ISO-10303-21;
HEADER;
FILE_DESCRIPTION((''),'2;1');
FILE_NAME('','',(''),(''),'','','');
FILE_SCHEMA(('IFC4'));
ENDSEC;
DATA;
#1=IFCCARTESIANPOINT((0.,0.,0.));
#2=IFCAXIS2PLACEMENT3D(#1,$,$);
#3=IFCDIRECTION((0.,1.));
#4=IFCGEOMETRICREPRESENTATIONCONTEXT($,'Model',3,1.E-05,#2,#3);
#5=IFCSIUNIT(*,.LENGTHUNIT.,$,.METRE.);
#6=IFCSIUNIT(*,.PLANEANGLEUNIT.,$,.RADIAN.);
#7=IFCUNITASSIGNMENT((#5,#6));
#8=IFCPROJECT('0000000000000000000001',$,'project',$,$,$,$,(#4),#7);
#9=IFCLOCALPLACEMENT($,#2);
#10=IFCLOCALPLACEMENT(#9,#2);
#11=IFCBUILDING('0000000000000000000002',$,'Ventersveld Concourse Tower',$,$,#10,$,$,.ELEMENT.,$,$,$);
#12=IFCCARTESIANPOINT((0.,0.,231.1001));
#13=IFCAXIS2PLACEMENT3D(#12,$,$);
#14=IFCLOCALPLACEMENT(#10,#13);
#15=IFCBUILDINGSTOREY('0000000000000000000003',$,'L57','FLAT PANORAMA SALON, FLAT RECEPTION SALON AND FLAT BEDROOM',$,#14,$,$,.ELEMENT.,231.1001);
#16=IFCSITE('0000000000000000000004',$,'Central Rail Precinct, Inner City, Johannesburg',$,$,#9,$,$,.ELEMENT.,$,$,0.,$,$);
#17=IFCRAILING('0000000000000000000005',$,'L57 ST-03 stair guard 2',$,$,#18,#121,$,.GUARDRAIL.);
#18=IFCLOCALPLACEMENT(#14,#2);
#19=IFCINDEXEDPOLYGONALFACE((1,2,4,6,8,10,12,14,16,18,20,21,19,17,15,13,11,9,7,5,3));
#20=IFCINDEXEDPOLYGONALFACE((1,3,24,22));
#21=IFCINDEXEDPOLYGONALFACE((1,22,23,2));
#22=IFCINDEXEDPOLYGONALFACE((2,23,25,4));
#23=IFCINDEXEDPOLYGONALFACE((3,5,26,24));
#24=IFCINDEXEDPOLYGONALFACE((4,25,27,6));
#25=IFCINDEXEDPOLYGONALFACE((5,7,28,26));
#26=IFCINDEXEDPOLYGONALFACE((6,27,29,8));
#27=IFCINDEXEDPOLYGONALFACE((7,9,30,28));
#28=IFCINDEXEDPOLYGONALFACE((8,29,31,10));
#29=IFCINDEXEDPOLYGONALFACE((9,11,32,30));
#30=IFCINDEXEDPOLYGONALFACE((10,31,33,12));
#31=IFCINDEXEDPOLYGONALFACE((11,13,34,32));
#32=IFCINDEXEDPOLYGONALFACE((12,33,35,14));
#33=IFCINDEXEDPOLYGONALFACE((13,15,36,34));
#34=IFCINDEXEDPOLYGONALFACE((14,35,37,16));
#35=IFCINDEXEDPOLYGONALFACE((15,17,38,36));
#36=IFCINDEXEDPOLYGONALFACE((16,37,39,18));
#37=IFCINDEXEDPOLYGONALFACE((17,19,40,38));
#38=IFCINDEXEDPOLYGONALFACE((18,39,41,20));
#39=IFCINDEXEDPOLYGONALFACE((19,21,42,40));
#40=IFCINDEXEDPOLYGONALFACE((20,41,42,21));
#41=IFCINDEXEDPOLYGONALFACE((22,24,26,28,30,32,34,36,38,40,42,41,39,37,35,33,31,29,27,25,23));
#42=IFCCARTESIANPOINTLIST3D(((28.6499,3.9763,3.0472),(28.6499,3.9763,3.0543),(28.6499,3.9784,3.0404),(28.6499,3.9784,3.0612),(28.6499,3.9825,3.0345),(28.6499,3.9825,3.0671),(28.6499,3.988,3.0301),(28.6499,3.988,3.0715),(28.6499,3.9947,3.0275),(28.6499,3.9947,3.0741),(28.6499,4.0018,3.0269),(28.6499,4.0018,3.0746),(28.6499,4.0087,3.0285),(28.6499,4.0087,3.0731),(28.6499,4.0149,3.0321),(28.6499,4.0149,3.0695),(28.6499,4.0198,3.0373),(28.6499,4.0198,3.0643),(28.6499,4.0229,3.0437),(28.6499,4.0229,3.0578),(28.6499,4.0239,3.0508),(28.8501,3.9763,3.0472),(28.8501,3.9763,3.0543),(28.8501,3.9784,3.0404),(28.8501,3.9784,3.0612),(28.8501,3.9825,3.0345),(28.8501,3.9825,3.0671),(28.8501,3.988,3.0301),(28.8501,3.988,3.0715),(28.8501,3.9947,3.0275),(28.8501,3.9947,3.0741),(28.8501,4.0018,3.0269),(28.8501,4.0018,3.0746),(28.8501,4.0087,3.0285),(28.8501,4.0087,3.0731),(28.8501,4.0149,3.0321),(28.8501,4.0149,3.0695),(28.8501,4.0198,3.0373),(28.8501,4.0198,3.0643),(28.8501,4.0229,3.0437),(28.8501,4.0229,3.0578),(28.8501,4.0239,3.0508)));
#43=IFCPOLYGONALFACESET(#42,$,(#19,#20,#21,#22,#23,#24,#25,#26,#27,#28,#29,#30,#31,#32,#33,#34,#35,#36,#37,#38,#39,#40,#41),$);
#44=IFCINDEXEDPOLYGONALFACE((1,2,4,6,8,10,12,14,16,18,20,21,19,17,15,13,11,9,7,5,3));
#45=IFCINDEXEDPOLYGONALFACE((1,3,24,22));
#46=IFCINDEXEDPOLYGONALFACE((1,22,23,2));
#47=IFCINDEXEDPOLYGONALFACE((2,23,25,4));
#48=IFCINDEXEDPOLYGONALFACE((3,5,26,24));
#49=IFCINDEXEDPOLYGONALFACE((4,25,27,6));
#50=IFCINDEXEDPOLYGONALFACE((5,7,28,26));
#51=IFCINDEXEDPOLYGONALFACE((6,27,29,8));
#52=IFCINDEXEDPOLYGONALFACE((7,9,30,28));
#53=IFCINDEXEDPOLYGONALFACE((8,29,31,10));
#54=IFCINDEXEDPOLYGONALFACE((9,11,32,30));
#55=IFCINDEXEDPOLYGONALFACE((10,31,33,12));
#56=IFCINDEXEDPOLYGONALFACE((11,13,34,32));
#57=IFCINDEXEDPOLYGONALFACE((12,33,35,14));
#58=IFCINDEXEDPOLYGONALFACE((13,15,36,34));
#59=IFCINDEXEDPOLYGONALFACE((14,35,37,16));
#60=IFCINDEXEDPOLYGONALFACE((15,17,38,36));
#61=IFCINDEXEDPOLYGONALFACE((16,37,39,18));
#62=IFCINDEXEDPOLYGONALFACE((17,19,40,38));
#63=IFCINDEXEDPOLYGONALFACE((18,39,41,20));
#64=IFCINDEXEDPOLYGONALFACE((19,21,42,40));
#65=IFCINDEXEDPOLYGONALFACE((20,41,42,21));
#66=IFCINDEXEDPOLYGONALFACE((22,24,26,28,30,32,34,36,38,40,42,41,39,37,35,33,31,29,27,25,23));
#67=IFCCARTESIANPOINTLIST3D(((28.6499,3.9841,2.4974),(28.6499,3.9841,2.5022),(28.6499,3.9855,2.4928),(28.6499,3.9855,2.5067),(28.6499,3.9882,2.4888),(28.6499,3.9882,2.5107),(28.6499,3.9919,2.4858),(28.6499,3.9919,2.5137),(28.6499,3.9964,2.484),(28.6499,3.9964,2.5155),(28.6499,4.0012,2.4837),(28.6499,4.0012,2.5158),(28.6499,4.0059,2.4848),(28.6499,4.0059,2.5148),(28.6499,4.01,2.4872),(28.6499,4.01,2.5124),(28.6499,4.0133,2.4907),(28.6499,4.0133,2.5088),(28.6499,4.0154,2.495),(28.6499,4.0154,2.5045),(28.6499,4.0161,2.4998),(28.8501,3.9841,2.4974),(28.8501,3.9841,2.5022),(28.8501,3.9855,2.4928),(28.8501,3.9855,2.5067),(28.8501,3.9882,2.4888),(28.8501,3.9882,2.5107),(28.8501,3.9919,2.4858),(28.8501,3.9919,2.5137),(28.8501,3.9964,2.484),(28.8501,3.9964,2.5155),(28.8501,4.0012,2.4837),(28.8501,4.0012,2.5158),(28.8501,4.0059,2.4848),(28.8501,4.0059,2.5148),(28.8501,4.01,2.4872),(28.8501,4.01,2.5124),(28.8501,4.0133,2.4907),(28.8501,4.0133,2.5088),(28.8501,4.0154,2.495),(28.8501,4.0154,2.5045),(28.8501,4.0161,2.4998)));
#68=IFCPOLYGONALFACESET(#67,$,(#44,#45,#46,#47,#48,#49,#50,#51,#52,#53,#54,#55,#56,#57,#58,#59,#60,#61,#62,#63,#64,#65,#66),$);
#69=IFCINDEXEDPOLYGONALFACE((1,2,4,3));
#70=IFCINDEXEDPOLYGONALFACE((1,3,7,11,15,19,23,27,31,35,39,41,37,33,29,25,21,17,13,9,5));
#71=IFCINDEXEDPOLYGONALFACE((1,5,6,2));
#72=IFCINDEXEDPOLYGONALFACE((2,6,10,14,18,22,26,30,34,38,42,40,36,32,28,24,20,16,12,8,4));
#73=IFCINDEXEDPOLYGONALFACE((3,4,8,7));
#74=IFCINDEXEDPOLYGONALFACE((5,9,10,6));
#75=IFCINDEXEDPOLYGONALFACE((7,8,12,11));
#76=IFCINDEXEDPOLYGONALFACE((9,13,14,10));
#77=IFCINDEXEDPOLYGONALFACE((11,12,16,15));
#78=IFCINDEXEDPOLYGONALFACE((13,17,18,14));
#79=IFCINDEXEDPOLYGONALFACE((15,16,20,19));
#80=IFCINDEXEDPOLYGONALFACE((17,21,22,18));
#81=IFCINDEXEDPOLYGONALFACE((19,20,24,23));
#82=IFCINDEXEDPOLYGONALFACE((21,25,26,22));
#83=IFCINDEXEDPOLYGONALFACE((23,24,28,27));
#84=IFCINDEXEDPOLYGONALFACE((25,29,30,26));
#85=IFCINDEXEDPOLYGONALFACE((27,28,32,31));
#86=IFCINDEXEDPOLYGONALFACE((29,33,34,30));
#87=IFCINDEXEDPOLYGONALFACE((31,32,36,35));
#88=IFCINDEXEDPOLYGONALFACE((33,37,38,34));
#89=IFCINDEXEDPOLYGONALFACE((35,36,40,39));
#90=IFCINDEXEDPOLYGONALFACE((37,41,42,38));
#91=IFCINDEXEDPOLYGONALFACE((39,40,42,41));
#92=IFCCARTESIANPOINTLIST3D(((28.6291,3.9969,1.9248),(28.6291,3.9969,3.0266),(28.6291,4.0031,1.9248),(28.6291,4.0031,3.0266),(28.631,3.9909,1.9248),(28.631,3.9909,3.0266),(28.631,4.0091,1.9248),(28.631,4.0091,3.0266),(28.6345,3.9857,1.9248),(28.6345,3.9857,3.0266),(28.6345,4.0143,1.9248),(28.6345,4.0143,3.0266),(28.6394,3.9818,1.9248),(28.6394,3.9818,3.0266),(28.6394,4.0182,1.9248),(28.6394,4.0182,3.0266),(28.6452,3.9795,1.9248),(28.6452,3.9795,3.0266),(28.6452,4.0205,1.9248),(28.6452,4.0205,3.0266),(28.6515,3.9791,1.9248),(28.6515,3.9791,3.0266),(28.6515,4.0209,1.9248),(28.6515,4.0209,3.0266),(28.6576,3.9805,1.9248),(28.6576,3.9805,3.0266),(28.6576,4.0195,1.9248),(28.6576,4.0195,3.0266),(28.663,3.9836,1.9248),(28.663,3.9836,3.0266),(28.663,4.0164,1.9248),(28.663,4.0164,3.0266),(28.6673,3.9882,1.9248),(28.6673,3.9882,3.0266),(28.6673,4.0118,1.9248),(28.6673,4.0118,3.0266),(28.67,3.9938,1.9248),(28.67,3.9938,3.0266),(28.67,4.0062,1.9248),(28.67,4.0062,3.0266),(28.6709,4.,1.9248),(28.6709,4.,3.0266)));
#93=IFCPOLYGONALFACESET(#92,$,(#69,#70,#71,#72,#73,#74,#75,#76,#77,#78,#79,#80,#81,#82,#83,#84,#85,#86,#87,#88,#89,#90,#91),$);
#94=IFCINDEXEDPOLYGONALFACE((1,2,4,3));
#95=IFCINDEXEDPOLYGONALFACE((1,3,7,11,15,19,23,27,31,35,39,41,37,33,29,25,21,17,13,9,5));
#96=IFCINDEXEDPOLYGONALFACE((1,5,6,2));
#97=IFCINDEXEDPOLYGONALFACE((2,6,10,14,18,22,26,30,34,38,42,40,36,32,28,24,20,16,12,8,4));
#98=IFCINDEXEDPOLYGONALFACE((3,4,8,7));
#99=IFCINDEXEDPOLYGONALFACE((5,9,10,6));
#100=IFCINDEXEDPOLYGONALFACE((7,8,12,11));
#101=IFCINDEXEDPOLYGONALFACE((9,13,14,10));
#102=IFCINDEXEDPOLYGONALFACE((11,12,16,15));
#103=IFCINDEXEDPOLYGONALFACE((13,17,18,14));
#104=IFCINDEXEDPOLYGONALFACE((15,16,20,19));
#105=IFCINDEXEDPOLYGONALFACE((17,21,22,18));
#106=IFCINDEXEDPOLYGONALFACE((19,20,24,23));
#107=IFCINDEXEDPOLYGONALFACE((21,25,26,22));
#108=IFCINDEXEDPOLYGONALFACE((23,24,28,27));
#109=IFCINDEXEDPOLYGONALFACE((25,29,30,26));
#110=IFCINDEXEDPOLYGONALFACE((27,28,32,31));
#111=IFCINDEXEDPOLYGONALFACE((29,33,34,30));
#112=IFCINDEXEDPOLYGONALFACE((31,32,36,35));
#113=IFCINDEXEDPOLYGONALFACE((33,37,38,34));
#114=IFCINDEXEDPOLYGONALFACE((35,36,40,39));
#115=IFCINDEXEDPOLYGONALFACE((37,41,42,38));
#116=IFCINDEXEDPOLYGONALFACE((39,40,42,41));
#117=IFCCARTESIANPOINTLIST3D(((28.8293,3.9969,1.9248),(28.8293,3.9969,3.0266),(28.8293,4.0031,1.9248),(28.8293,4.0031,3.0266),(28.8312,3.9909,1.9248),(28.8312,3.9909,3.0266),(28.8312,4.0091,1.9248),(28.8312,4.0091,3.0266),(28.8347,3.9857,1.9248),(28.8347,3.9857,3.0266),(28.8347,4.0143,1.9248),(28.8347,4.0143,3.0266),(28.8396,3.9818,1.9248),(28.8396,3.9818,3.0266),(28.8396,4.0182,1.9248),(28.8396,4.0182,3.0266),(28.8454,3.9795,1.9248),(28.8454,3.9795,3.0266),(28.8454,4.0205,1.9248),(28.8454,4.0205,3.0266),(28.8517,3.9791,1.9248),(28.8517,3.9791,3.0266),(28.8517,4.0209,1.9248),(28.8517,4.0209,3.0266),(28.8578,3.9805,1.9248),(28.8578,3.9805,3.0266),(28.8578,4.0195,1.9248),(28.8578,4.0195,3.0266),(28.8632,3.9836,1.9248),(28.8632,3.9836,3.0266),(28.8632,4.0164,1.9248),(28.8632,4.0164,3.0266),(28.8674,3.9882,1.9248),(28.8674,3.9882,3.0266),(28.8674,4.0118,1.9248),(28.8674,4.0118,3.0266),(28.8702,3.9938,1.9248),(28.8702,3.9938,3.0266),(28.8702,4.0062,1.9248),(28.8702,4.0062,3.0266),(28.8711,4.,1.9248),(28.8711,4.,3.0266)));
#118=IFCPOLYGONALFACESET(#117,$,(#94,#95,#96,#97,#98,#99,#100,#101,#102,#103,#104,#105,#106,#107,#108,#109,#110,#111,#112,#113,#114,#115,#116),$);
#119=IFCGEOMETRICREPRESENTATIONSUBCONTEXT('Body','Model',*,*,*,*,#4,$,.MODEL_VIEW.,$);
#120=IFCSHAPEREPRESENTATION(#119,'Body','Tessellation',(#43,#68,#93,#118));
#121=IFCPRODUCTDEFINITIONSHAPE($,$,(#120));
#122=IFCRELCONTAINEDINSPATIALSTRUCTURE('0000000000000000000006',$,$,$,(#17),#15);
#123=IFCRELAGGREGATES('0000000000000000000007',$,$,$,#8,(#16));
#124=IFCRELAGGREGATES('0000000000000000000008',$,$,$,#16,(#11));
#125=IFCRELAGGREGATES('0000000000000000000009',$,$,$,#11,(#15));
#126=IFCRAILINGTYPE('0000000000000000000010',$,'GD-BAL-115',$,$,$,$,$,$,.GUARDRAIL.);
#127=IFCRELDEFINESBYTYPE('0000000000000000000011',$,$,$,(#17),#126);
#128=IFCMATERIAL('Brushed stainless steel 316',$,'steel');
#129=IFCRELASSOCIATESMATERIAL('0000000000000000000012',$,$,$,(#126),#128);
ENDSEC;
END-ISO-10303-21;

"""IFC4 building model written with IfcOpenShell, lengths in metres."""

from ifc_helpers import new_model, si_unit, direction, frame, origin, origin_2d, place, context, subcontext, project, spatial, circle, extrude, material, type_object, element, save


model = new_model("IFC4")

# Units and contexts
model_context = context("Model", 3, precision=1e-05, world=origin(), true_north=direction((0.0, 1.0)))
body_context = subcontext(model_context, "Body", "Model", "MODEL_VIEW")
ifc_project = project(units=[si_unit("LENGTHUNIT", "METRE"), si_unit("PLANEANGLEUNIT", "RADIAN")], contexts=[model_context])

# Site, building, storey
site_placement = place(None, origin())
site = spatial("IfcSite", under=ifc_project, at=site_placement, Name="Central Rail Precinct, Inner City, Johannesburg", CompositionType="ELEMENT", RefElevation=0.0)
building_placement = place(site_placement, origin())
building = spatial("IfcBuilding", under=site, at=building_placement, Name="Ventersveld Concourse Tower", CompositionType="ELEMENT")
storey_placement = place(building_placement, frame((0.0, 0.0, 231.1001)))
storey = spatial("IfcBuildingStorey", under=building, at=storey_placement, Name="L57", Description="FLAT PANORAMA SALON, FLAT RECEPTION SALON AND FLAT BEDROOM", CompositionType="ELEMENT", Elevation=231.1001)

# Railing
ifc_material_1 = material(Name="Brushed stainless steel 316", Category="steel")
railing_type_1 = type_object("IfcRailingType", Name="GD-BAL-115", PredefinedType="GUARDRAIL", material=ifc_material_1)
railing_1_placement = place(storey_placement, frame((28.6499, 4.0, 1.9248)))
element("IfcRailing", 1, at=railing_1_placement, inside=storey, type_object=railing_type_1, Name="L57 ST-03 stair guard 2", PredefinedType="GUARDRAIL", context=body_context, shape_type="SweptSolid", body=[
    extrude(circle(Radius=0.0239, at=origin_2d()), frame((0.0, 0.0, 1.126), z_axis=(1.0, 0.0, 0.0), x_axis=(0.0, 1.0, 0.0)), (0.0, 0.0, 1.0), 0.2002),
    extrude(circle(Radius=0.0161, at=origin_2d()), frame((0.0, 0.0, 0.575), z_axis=(1.0, 0.0, 0.0), x_axis=(0.0, 1.0, 0.0)), (0.0, 0.0, 1.0), 0.2002),
    extrude(circle(Radius=0.021, at=origin_2d()), origin(), (0.0, 0.0, 1.0), 1.1018),
    extrude(circle(Radius=0.021, at=origin_2d()), frame((0.2002, 0.0, 0.0)), (0.0, 0.0, 1.0), 1.1018),
])

save(model, "model.ifc")
